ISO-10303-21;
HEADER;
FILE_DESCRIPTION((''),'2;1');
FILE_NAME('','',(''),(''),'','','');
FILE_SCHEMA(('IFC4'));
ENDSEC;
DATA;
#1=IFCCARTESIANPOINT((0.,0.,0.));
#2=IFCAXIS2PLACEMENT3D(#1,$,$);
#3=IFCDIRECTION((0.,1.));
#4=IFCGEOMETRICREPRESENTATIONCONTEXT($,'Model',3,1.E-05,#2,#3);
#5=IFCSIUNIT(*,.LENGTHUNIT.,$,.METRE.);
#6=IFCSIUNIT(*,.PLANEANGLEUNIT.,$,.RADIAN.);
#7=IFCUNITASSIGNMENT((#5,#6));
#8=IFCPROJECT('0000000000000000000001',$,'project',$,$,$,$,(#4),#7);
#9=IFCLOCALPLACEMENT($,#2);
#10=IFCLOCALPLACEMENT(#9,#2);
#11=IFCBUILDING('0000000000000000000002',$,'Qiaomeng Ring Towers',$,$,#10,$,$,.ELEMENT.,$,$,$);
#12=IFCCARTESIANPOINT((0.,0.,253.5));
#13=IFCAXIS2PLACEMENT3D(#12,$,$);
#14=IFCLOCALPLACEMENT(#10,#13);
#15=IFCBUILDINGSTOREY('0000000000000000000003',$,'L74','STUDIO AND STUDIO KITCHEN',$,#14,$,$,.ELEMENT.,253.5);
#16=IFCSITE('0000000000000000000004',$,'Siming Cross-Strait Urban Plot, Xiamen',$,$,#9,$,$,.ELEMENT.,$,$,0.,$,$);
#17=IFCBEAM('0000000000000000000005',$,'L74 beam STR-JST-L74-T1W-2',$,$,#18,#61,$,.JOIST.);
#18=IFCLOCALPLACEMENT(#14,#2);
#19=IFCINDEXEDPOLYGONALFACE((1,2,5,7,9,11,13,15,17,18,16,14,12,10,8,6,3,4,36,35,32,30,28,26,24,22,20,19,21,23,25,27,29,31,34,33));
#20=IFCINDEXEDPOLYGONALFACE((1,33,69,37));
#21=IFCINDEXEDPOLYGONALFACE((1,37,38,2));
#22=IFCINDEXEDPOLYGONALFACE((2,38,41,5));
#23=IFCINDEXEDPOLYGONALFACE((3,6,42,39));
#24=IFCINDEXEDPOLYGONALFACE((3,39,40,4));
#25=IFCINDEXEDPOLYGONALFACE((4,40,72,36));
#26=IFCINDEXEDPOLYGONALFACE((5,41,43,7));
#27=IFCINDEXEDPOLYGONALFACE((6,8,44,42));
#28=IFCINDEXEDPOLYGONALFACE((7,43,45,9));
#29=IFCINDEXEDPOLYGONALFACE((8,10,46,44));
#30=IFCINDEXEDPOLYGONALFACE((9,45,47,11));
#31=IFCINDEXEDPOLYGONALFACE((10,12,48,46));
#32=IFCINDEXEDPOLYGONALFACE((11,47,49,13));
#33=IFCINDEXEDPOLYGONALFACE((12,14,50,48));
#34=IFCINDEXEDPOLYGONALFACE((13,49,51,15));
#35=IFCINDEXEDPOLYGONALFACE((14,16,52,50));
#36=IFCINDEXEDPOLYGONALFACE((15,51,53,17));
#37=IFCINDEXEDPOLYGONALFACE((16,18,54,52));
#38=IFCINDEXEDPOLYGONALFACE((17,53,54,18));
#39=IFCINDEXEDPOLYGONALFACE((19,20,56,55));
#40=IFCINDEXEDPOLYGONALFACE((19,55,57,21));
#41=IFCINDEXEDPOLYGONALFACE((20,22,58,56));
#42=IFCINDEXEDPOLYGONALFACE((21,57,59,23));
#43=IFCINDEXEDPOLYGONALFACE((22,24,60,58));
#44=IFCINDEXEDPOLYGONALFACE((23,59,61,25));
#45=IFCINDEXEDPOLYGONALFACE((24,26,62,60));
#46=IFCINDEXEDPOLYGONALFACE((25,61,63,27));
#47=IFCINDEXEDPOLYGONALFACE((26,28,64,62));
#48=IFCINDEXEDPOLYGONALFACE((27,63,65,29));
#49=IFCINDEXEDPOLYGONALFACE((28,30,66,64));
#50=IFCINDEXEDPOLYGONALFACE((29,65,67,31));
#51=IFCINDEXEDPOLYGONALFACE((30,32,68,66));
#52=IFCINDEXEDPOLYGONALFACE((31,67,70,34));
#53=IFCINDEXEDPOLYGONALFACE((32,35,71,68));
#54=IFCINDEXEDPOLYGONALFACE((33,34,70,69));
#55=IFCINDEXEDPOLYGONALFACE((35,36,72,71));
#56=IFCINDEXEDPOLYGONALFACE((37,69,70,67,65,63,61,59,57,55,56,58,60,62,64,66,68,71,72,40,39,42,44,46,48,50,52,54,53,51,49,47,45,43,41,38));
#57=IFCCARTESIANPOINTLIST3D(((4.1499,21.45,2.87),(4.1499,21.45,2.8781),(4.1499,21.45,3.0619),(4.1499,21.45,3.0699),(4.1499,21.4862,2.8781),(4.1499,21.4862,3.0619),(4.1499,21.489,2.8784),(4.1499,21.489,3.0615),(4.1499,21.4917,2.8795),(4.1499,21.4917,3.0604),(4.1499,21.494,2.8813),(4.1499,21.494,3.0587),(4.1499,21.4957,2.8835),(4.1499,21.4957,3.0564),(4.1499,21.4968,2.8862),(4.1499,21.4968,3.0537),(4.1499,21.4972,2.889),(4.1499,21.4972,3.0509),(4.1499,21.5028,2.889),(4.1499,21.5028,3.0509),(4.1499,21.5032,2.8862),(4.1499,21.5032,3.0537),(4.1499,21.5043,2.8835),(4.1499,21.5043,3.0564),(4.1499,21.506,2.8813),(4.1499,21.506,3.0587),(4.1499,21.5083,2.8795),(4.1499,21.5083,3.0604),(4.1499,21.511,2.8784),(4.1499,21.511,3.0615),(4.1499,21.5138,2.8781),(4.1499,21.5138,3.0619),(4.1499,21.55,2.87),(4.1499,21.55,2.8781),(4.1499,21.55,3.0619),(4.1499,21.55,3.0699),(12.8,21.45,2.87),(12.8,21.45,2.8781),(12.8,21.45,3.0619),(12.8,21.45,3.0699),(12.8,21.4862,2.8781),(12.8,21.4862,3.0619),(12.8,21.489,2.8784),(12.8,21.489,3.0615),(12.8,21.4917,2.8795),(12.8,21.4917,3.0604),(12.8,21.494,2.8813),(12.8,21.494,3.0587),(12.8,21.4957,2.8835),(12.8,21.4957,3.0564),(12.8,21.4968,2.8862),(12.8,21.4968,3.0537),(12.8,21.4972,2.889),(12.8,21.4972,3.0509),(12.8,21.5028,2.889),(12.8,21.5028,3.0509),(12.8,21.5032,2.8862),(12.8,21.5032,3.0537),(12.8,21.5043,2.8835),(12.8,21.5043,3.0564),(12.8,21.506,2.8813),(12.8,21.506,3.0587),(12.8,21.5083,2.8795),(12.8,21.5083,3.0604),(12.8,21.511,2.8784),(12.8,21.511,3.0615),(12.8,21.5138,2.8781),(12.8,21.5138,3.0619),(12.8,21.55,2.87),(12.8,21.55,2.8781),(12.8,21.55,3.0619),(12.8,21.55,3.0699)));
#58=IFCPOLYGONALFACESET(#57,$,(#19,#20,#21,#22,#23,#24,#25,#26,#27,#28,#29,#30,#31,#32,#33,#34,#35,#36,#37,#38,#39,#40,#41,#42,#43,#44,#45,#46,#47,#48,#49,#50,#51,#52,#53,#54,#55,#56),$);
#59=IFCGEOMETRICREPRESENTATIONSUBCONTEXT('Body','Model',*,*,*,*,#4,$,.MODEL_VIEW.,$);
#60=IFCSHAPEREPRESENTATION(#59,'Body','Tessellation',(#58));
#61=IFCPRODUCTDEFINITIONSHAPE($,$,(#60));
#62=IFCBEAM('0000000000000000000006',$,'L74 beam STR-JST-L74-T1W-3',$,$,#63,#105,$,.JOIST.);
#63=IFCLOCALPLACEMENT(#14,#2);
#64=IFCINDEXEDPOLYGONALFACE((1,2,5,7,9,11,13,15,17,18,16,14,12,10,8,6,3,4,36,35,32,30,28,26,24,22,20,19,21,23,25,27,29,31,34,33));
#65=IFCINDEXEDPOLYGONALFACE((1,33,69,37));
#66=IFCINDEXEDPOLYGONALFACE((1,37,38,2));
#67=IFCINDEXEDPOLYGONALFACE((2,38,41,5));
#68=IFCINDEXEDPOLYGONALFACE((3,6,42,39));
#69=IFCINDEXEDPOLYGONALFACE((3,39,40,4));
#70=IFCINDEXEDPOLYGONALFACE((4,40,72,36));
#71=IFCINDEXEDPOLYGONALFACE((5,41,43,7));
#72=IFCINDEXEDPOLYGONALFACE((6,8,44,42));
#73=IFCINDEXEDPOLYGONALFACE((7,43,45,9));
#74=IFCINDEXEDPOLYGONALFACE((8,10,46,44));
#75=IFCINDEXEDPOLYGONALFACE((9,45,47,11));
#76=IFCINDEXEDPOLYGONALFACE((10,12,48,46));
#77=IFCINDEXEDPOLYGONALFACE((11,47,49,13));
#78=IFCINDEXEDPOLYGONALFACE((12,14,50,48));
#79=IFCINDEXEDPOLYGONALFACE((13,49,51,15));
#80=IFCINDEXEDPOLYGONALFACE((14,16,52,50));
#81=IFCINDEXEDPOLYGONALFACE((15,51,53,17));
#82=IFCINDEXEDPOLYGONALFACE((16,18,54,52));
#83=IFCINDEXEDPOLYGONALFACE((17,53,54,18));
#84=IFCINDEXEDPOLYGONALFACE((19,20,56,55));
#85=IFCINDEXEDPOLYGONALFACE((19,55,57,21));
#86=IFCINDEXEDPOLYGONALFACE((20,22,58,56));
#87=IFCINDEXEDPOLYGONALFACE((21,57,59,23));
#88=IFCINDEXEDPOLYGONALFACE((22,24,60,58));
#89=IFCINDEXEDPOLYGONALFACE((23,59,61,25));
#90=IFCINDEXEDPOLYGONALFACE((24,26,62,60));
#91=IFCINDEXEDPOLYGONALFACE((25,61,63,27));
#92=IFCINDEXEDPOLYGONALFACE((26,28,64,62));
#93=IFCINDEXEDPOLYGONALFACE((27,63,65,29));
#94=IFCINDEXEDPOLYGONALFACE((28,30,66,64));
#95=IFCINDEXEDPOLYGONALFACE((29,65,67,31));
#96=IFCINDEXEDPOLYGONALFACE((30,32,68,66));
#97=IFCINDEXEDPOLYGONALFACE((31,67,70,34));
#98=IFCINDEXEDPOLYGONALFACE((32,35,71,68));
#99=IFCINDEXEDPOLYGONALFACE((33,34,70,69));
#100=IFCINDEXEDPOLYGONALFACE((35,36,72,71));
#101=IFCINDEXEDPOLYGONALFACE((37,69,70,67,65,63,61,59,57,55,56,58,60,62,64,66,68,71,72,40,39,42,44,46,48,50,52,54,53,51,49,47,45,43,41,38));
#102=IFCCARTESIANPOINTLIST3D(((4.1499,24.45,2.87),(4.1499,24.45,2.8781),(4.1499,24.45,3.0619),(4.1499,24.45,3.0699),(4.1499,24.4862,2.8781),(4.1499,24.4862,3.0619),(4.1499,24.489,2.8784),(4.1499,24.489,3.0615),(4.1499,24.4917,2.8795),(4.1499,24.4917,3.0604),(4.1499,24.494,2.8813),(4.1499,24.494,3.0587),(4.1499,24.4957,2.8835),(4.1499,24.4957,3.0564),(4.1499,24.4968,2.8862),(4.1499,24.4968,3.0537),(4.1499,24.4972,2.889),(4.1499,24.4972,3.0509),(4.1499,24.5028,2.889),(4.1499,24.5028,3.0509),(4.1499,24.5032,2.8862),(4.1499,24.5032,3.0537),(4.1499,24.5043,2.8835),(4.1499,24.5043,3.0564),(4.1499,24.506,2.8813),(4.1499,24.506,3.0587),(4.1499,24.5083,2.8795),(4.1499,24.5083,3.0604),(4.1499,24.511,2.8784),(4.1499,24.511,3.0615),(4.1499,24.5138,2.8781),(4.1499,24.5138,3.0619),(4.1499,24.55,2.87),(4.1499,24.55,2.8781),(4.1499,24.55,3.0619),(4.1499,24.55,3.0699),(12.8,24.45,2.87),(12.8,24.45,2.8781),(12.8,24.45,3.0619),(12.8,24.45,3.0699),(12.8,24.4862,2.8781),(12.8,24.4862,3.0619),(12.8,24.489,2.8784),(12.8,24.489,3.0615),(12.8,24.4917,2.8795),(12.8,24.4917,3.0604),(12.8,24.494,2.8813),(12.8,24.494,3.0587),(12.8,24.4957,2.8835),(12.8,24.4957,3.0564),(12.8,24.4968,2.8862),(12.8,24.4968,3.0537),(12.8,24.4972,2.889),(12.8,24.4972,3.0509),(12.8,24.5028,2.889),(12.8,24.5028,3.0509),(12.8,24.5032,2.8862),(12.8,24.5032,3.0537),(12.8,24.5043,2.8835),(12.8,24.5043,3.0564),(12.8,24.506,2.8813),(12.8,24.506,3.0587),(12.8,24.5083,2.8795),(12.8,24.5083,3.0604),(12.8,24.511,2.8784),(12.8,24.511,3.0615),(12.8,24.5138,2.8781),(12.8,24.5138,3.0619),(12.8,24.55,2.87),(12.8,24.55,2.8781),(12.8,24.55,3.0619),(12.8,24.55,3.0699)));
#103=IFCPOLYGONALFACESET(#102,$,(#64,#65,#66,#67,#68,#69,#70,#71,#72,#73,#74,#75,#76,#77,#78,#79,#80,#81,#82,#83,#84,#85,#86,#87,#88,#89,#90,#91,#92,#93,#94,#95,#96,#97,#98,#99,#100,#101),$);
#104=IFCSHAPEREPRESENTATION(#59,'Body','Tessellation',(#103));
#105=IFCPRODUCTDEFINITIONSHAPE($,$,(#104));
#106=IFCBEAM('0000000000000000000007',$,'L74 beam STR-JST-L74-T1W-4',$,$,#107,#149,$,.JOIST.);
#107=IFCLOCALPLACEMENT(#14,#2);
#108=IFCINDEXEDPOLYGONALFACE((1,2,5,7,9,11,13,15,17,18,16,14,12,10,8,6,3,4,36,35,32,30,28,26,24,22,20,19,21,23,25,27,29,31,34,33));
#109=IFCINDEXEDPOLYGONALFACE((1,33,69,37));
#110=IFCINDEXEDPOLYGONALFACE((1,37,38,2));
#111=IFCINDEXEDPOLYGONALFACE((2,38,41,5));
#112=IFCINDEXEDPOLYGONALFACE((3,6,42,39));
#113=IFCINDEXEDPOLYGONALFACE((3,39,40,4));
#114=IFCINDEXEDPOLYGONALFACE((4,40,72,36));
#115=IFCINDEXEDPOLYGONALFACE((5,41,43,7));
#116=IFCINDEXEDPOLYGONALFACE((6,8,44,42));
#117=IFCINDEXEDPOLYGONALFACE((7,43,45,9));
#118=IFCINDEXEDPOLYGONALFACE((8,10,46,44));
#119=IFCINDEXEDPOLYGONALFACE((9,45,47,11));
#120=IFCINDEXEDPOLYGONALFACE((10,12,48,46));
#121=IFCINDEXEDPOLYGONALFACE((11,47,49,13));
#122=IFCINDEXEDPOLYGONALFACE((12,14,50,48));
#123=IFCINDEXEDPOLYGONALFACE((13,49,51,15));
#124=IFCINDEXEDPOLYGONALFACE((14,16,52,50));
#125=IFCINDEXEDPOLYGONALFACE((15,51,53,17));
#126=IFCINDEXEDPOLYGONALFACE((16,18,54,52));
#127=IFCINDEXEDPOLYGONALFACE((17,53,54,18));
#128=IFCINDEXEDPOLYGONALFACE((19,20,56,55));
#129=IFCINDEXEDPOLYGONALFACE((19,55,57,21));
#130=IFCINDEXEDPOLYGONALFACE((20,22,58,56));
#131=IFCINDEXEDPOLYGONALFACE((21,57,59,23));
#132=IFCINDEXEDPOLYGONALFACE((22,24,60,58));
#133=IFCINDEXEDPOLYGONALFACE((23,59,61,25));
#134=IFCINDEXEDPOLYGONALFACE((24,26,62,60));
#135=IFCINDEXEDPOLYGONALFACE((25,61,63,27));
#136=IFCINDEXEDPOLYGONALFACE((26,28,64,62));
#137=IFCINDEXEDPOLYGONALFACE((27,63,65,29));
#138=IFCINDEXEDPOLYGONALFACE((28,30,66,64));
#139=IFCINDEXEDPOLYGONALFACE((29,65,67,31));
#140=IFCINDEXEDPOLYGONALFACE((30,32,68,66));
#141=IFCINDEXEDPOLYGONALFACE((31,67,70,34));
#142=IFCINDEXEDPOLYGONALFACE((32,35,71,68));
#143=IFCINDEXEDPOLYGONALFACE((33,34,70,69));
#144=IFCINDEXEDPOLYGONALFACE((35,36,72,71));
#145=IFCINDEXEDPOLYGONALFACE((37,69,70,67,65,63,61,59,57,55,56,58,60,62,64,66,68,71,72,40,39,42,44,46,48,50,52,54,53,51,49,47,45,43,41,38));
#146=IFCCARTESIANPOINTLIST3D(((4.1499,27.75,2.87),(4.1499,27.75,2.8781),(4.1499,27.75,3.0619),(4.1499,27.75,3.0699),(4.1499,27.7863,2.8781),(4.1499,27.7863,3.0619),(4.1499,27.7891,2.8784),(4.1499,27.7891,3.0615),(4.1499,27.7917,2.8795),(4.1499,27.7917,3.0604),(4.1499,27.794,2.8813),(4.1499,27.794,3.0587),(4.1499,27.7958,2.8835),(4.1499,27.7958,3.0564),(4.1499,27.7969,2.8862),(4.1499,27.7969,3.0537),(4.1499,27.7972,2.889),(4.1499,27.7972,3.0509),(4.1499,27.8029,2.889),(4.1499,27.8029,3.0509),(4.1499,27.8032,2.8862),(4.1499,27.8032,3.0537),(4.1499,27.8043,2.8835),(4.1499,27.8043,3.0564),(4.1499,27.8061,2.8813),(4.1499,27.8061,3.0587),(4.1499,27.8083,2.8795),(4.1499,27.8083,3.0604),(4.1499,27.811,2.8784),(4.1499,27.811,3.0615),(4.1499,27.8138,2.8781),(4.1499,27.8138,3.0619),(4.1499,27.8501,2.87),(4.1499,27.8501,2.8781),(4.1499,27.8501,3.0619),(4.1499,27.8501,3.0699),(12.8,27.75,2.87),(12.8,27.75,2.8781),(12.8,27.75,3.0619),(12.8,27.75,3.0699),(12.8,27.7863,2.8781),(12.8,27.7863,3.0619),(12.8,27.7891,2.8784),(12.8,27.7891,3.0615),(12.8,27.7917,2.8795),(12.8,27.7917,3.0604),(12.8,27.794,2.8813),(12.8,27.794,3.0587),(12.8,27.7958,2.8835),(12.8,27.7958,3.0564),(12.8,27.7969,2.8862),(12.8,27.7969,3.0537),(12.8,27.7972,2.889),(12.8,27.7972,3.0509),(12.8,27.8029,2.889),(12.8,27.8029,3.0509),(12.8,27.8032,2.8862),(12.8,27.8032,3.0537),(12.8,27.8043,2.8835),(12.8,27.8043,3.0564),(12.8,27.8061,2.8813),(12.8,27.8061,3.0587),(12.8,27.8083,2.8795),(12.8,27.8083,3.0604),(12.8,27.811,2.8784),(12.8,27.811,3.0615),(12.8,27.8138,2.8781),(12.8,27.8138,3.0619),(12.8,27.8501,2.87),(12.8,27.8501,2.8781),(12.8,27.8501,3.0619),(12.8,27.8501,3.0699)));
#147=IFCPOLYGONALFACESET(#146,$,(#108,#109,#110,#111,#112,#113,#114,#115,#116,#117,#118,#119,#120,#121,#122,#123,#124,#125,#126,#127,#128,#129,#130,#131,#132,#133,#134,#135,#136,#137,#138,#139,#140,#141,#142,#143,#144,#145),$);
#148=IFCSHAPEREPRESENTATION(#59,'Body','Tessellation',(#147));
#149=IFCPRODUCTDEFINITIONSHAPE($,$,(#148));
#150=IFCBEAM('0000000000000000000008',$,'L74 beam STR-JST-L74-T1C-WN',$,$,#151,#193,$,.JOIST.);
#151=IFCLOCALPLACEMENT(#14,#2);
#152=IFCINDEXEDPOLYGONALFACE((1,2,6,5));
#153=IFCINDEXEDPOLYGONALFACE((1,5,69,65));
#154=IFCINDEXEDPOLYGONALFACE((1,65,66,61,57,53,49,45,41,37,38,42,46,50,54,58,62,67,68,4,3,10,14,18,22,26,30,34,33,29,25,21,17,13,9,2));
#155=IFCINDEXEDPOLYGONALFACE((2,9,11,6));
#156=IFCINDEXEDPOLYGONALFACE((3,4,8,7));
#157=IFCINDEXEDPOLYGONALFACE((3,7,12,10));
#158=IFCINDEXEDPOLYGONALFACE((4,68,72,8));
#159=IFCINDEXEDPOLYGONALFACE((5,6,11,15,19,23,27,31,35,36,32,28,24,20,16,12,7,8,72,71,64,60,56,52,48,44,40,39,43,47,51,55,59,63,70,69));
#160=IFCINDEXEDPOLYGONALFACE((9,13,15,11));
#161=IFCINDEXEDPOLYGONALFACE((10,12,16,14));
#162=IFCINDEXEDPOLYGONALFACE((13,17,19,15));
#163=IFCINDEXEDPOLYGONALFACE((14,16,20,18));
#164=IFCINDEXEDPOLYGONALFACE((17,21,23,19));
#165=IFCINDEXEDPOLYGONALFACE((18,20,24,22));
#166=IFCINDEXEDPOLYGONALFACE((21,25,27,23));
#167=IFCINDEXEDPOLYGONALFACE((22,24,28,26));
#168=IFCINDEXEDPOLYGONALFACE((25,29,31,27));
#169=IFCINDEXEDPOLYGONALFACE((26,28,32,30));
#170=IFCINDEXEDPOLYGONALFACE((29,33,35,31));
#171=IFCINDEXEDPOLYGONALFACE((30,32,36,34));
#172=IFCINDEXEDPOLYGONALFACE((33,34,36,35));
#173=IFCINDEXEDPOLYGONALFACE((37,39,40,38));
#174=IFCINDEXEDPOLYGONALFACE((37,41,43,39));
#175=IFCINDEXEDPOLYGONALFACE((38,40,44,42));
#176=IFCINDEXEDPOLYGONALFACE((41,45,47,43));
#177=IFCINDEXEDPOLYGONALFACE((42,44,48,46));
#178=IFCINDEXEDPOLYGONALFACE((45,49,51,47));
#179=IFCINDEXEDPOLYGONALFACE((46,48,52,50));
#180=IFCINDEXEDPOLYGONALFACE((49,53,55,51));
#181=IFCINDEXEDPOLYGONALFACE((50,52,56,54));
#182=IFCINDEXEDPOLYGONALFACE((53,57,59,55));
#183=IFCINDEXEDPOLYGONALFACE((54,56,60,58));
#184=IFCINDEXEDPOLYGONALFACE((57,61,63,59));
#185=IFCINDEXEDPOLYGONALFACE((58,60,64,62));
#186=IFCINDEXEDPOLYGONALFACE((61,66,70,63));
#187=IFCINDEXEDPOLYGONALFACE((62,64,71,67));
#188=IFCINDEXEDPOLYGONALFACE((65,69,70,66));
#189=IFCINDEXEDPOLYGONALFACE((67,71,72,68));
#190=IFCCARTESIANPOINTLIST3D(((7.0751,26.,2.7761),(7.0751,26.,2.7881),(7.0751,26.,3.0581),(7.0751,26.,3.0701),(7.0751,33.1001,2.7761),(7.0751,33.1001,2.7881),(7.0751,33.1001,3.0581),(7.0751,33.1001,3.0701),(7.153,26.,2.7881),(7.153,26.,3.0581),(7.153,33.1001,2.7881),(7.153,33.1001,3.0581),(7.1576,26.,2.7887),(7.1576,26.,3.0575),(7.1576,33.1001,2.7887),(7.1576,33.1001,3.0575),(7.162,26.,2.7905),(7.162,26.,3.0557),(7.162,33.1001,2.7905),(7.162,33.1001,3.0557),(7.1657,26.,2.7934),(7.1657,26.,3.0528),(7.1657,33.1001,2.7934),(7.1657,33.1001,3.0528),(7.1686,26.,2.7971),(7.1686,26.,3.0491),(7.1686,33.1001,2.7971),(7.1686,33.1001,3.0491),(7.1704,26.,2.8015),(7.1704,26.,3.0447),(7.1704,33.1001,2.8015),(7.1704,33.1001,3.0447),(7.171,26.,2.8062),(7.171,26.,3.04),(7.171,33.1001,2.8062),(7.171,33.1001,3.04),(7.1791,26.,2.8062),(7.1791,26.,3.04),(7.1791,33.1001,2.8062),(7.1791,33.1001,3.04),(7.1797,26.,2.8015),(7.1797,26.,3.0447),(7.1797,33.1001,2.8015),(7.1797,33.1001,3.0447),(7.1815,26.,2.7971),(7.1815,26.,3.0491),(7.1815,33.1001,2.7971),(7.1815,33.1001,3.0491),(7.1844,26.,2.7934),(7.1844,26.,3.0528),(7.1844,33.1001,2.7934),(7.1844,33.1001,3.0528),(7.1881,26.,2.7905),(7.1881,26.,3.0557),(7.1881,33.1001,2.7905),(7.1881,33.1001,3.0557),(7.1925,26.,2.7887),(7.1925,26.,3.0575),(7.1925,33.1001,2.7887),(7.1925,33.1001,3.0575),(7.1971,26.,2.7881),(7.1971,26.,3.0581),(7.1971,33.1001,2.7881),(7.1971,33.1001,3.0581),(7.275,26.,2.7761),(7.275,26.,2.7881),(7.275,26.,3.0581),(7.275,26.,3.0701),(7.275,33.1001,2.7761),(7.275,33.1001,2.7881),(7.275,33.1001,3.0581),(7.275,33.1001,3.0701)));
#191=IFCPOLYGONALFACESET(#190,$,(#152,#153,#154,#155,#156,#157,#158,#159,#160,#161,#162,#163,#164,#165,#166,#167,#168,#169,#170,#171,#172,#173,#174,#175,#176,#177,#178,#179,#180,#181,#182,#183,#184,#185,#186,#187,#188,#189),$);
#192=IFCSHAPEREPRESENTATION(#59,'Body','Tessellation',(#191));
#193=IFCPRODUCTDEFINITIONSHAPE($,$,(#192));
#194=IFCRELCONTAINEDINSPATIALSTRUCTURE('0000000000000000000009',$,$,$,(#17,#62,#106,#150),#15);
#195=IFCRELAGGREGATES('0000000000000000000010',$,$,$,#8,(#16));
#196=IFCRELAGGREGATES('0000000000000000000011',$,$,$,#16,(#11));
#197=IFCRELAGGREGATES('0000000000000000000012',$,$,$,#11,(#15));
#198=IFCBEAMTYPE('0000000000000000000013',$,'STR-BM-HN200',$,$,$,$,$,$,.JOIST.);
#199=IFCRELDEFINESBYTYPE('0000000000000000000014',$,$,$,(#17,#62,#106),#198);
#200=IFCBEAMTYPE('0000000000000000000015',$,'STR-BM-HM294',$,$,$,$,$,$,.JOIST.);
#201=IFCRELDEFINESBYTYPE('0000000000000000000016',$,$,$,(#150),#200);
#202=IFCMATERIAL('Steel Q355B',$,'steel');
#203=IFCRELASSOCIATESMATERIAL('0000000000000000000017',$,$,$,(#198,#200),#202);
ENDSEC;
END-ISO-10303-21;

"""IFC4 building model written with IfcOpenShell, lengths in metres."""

from ifc_helpers import new_model, si_unit, direction, frame, origin, origin_2d, place, context, subcontext, project, spatial, i_section, extrude, source, transform, mapped, material, material_profile, profile_set, type_object, element, save


model = new_model("IFC4")

# Units and contexts
model_context = context("Model", 3, precision=1e-05, world=origin(), true_north=direction((0.0, 1.0)))
body_context = subcontext(model_context, "Body", "Model", "MODEL_VIEW")
ifc_project = project(units=[si_unit("LENGTHUNIT", "METRE"), si_unit("PLANEANGLEUNIT", "RADIAN")], contexts=[model_context])

# Site, building, storey
site_placement = place(None, origin())
site = spatial("IfcSite", under=ifc_project, at=site_placement, Name="Siming Cross-Strait Urban Plot, Xiamen", CompositionType="ELEMENT", RefElevation=0.0)
building_placement = place(site_placement, origin())
building = spatial("IfcBuilding", under=site, at=building_placement, Name="Qiaomeng Ring Towers", CompositionType="ELEMENT")
storey_placement = place(building_placement, frame((0.0, 0.0, 253.5)))
storey = spatial("IfcBuildingStorey", under=building, at=storey_placement, Name="L74", Description="STUDIO AND STUDIO KITCHEN", CompositionType="ELEMENT", Elevation=253.5)

# Beams
ifc_material_1 = material(Name="Steel Q355B", Category="steel")
ifc_material_profile_1 = material_profile(ifc_material_1, i_section(OverallWidth=0.1001, OverallDepth=0.2, WebThickness=0.0056, FlangeThickness=0.0081, FilletRadius=0.011, at=origin_2d()), Name="HN 200x100x5.5x8")
ifc_profile_set_1 = profile_set([ifc_material_profile_1], Name="Steel Q355B")
beam_type_1 = type_object("IfcBeamType", Name="STR-BM-HN200", PredefinedType="JOIST", material=ifc_profile_set_1)
shared_shape_1 = source(origin(), body_context, "Body", "SweptSolid", [
    extrude(i_section(OverallWidth=0.1001, OverallDepth=0.2, WebThickness=0.0056, FlangeThickness=0.0081, FilletRadius=0.011, at=origin_2d()), origin(), (0.0, 0.0, 1.0), 8.6501),
])
for number, where, z_axis, x_axis, name in (
    (1, (4.1499, 21.5, 2.97), (1.0, 0.0, 0.0), (0.0, 1.0, 0.0), "L74 beam STR-JST-L74-T1W-2"),
    (2, (4.1499, 24.5, 2.97), (1.0, 0.0, 0.0), (0.0, 1.0, 0.0), "L74 beam STR-JST-L74-T1W-3"),
    (3, (4.1499, 27.8, 2.97), (1.0, 0.0, 0.0), (0.0, 1.0, 0.0), "L74 beam STR-JST-L74-T1W-4"),
):
    element("IfcBeam", number, at=place(storey_placement, frame(where, z_axis=z_axis, x_axis=x_axis)), inside=storey, type_object=beam_type_1, Name=name, PredefinedType="JOIST", context=body_context, shape_type="MappedRepresentation", body=[
        mapped(shared_shape_1, transform((0.0, 0.0, 0.0), x_axis=(1.0, 0.0, 0.0), y_axis=(0.0, 1.0, 0.0), z_axis=(0.0, 0.0, 1.0), scale=1.0)),
    ])
ifc_material_profile_2 = material_profile(ifc_material_1, i_section(OverallWidth=0.2, OverallDepth=0.2939, WebThickness=0.0081, FlangeThickness=0.012, FilletRadius=0.0181, at=origin_2d()), Name="HM 294x200x8x12")
ifc_profile_set_2 = profile_set([ifc_material_profile_2], Name="Steel Q355B")
beam_type_2 = type_object("IfcBeamType", Name="STR-BM-HM294", PredefinedType="JOIST", material=ifc_profile_set_2)
shared_shape_2 = source(origin(), body_context, "Body", "SweptSolid", [
    extrude(i_section(OverallWidth=0.2, OverallDepth=0.2939, WebThickness=0.0081, FlangeThickness=0.012, FilletRadius=0.0181, at=origin_2d()), origin(), (0.0, 0.0, 1.0), 7.1001),
])
beam_1_placement = place(storey_placement, frame((7.175, 26.0, 2.9231), z_axis=(0.0, 1.0, 0.0), x_axis=(-1.0, 0.0, 0.0)))
element("IfcBeam", 4, at=beam_1_placement, inside=storey, type_object=beam_type_2, Name="L74 beam STR-JST-L74-T1C-WN", PredefinedType="JOIST", context=body_context, shape_type="MappedRepresentation", body=[
    mapped(shared_shape_2, transform((0.0, 0.0, 0.0), x_axis=(1.0, 0.0, 0.0), y_axis=(0.0, 1.0, 0.0), z_axis=(0.0, 0.0, 1.0), scale=1.0)),
])

save(model, "model.ifc")
